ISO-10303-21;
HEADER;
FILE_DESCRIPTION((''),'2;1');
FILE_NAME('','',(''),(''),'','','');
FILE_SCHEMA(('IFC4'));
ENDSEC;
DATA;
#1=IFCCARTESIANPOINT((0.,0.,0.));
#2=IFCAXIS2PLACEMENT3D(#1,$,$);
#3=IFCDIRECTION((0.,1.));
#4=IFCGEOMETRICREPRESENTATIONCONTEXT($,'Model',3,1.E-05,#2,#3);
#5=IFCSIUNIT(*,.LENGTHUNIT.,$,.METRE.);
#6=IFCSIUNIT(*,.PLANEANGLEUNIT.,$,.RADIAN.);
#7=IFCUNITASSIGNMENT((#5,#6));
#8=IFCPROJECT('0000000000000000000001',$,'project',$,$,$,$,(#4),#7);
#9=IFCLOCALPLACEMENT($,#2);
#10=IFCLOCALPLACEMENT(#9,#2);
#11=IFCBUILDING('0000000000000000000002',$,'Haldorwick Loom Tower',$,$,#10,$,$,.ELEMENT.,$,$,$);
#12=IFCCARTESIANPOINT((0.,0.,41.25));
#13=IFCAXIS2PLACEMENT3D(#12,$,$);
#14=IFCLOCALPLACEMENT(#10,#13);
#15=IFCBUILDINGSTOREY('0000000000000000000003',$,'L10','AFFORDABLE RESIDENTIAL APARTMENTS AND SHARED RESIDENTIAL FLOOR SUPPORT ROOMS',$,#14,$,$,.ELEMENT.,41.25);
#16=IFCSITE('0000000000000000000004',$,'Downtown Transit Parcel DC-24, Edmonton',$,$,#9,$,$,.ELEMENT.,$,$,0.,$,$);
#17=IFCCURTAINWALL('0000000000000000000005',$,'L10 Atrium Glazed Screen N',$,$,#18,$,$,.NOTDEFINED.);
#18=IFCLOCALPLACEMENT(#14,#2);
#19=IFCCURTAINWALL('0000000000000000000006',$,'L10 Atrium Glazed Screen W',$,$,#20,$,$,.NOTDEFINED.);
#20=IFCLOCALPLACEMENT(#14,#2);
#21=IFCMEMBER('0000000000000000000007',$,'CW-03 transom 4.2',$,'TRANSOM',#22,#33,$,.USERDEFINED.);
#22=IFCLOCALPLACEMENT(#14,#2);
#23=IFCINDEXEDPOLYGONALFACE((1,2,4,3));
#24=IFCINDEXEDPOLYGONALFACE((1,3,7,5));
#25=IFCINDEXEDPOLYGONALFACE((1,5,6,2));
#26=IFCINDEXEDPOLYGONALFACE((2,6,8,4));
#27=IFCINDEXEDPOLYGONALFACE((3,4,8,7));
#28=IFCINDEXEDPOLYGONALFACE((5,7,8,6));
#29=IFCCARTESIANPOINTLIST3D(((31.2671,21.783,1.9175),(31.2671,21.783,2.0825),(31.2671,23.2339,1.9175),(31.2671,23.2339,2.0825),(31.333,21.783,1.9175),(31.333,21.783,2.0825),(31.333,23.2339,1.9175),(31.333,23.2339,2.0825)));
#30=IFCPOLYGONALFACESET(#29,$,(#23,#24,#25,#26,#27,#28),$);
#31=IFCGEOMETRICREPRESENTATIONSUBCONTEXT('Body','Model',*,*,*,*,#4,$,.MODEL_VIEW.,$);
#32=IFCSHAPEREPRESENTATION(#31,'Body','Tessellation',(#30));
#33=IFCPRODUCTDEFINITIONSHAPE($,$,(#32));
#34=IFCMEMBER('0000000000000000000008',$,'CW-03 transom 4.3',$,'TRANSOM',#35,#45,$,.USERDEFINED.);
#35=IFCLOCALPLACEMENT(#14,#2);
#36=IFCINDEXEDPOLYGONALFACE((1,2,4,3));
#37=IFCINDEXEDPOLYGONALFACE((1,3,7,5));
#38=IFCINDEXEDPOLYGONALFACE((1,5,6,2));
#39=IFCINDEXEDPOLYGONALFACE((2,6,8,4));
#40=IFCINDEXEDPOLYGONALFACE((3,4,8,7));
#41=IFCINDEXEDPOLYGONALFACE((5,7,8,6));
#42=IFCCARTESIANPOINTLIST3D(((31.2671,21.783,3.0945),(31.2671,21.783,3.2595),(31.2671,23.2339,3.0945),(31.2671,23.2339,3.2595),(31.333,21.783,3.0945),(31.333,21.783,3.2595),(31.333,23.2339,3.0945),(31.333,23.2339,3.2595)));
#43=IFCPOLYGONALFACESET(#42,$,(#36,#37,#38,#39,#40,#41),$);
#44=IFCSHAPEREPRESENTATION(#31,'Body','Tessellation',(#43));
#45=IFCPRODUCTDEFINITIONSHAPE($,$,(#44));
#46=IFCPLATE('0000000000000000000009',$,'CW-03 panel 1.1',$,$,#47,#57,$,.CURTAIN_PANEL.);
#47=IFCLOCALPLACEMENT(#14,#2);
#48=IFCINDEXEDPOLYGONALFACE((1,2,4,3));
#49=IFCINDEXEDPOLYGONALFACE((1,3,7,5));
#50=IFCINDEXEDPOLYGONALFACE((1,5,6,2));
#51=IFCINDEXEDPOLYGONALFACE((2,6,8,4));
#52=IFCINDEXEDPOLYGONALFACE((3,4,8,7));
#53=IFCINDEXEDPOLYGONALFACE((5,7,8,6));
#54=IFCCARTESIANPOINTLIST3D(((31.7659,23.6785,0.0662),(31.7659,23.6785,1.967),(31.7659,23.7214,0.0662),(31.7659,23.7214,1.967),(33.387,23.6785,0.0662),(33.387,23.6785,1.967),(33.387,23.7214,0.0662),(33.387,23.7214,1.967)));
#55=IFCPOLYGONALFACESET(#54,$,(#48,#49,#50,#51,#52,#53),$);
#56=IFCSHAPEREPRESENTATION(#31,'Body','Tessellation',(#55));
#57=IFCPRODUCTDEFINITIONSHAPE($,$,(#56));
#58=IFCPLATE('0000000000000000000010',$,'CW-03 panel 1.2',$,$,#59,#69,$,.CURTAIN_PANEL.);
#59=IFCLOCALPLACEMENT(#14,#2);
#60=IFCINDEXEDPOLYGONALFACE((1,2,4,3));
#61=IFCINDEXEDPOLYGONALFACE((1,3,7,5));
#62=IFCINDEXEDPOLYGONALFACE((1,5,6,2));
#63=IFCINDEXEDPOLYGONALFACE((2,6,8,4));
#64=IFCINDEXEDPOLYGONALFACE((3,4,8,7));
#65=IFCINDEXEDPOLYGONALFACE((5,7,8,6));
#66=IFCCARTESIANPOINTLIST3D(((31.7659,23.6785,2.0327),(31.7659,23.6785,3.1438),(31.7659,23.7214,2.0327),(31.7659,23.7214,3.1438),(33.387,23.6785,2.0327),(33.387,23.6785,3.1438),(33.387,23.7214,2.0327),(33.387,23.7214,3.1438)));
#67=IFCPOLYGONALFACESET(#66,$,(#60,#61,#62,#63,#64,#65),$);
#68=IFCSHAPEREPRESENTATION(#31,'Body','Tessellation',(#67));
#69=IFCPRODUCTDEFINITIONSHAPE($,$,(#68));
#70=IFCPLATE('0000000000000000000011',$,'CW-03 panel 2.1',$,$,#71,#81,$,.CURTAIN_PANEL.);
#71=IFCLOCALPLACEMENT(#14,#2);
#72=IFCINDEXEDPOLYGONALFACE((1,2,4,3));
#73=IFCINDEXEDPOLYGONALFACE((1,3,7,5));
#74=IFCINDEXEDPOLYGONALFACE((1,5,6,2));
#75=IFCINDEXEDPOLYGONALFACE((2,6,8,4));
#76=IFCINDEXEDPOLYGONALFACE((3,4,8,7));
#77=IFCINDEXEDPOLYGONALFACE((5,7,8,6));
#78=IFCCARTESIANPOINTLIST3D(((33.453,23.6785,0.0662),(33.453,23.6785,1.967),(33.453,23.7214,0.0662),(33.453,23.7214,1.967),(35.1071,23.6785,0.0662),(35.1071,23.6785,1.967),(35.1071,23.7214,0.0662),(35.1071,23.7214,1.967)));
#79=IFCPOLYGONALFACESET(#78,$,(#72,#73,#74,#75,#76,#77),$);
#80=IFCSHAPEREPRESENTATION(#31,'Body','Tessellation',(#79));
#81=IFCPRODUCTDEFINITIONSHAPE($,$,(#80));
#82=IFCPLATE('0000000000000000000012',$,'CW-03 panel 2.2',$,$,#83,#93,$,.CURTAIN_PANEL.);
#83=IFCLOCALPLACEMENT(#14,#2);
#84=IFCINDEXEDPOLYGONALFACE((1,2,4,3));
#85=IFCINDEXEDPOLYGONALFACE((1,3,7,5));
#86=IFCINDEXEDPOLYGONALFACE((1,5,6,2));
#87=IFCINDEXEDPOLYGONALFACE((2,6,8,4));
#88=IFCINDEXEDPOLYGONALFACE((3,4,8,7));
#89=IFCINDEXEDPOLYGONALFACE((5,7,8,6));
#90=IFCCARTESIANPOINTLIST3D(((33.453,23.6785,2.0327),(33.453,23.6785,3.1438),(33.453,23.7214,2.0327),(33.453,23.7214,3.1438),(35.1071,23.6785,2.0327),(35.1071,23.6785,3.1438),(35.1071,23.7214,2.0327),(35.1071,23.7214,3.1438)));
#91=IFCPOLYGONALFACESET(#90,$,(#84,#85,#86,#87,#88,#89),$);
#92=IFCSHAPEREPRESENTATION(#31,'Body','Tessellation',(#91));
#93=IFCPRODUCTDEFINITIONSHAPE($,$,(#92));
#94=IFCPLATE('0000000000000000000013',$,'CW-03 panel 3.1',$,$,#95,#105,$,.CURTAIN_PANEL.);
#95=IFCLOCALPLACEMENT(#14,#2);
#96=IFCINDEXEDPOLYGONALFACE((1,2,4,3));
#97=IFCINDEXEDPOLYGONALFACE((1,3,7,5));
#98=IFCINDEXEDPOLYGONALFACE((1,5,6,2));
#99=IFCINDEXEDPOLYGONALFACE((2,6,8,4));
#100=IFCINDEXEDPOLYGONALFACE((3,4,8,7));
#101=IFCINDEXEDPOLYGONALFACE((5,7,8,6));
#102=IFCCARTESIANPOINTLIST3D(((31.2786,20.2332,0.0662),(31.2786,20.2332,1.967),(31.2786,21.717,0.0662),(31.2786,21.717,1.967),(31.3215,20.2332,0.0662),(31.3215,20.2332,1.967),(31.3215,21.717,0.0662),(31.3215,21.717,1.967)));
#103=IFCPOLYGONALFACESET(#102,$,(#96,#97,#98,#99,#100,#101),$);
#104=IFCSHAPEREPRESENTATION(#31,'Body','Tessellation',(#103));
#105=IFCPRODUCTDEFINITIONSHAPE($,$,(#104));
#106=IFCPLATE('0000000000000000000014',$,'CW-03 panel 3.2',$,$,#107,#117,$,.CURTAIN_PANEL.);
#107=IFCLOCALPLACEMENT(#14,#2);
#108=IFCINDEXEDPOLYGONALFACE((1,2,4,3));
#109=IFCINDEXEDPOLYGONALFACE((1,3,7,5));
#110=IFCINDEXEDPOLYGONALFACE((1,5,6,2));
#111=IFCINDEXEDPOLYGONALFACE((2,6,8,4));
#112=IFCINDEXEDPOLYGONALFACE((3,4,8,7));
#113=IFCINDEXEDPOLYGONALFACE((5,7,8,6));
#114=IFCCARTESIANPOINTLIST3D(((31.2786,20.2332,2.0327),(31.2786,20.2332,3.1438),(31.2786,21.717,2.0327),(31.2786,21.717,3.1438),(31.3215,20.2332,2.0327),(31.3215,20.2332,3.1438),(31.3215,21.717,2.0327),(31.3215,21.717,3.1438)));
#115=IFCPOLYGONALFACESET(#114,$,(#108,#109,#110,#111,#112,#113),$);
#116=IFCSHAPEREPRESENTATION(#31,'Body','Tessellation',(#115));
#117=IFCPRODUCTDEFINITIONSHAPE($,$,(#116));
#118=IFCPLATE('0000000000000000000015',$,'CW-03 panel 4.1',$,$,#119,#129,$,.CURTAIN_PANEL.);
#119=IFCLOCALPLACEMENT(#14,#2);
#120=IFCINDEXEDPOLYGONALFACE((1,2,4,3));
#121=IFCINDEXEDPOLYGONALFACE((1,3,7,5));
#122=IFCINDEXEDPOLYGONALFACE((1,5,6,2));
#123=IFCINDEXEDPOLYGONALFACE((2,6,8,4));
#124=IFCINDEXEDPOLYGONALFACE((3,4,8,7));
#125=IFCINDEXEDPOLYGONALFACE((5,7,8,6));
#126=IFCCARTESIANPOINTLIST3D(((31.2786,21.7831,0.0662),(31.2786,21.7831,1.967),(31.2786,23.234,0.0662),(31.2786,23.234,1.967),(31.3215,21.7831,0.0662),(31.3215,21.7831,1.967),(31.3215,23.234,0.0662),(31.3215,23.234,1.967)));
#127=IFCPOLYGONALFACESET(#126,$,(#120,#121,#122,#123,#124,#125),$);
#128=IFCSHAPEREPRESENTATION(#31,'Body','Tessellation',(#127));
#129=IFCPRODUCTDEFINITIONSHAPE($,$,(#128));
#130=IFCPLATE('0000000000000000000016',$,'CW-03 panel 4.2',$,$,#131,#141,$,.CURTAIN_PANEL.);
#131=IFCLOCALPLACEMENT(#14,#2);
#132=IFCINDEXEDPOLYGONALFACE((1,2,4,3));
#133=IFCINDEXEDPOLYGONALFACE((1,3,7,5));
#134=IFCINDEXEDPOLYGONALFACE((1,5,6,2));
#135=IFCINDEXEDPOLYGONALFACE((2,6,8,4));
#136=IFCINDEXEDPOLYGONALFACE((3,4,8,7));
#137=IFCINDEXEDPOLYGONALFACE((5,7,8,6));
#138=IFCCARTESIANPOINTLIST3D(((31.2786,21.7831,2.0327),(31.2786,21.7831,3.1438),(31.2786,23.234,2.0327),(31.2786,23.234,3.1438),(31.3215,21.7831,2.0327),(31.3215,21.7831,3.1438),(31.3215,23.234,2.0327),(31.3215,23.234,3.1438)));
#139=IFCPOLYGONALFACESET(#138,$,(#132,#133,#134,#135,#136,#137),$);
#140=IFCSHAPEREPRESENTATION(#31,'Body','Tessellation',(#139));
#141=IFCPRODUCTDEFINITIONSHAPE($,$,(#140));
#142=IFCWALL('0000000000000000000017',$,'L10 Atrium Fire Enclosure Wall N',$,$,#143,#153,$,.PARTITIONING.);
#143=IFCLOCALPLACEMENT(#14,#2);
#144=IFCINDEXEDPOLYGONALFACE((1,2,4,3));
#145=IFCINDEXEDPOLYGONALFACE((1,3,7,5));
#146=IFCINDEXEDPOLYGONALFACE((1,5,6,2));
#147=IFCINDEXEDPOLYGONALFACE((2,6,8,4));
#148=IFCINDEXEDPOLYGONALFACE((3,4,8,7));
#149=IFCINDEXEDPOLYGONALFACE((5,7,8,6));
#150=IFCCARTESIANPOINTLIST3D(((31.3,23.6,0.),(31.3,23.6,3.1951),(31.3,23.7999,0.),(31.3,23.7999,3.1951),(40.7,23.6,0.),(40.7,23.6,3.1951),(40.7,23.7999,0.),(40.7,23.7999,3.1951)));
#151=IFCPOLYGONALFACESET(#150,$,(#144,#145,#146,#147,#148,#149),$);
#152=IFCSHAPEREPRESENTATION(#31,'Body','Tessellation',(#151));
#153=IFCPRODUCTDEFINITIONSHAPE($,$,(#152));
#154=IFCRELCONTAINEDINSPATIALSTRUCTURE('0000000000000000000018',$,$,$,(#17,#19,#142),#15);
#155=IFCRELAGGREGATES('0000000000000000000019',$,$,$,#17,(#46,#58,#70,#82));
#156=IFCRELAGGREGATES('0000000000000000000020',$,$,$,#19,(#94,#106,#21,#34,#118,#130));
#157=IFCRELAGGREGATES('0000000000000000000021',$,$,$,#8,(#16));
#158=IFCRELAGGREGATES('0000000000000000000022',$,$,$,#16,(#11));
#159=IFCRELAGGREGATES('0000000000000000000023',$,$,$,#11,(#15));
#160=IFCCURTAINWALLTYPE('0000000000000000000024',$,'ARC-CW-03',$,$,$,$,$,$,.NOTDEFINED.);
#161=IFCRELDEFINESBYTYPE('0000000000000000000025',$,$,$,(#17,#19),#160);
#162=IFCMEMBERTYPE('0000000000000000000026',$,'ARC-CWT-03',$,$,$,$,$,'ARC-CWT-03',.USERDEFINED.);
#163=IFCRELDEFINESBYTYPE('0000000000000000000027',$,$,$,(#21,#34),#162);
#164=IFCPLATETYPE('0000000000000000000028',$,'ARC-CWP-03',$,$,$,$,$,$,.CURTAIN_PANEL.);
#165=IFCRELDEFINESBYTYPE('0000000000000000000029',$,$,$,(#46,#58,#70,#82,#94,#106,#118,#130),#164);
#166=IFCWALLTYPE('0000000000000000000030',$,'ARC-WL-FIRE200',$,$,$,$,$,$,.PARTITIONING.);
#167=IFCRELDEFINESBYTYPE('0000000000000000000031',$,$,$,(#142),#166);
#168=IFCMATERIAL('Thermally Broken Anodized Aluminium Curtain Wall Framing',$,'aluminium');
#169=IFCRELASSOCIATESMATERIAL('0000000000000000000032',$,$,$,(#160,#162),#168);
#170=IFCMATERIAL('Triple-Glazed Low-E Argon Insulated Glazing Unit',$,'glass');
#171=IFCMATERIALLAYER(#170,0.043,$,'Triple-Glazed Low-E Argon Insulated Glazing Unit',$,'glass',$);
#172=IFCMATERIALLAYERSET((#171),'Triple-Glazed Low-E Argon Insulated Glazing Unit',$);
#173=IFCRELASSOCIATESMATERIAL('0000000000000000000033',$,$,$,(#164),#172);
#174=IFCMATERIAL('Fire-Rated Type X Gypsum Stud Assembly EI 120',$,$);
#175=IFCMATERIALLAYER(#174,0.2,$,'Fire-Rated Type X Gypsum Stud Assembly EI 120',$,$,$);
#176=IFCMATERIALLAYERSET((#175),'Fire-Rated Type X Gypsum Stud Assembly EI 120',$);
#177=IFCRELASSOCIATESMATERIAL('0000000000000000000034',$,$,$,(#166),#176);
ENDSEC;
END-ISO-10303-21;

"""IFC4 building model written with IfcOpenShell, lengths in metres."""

from ifc_helpers import new_model, si_unit, direction, frame, frame_2d, origin, origin_2d, place, context, subcontext, project, spatial, rectangle, extrude, material, layer, layer_set, material_profile, profile_set, type_object, element, aggregate, save


model = new_model("IFC4")

# Units and contexts
model_context = context("Model", 3, precision=1e-05, world=origin(), true_north=direction((0.0, 1.0)))
body_context = subcontext(model_context, "Body", "Model", "MODEL_VIEW")
ifc_project = project(units=[si_unit("LENGTHUNIT", "METRE"), si_unit("PLANEANGLEUNIT", "RADIAN")], contexts=[model_context])

# Site, building, storey
site_placement = place(None, origin())
site = spatial("IfcSite", under=ifc_project, at=site_placement, Name="Downtown Transit Parcel DC-24, Edmonton", CompositionType="ELEMENT", RefElevation=0.0)
building_placement = place(site_placement, origin())
building = spatial("IfcBuilding", under=site, at=building_placement, Name="Haldorwick Loom Tower", CompositionType="ELEMENT")
storey_placement = place(building_placement, frame((0.0, 0.0, 41.25)))
storey = spatial("IfcBuildingStorey", under=building, at=storey_placement, Name="L10", Description="AFFORDABLE RESIDENTIAL APARTMENTS AND SHARED RESIDENTIAL FLOOR SUPPORT ROOMS", CompositionType="ELEMENT", Elevation=41.25)

# Curtain walls
ifc_material_1 = material(Name="Thermally Broken Anodized Aluminium Curtain Wall Framing", Category="aluminium")
curtain_wall_type = type_object("IfcCurtainWallType", Name="ARC-CW-03", PredefinedType="NOTDEFINED", material=ifc_material_1)
curtain_wall_1_placement = place(storey_placement, origin())
curtain_wall_1 = element("IfcCurtainWall", 1, at=curtain_wall_1_placement, inside=storey, type_object=curtain_wall_type, Name="L10 Atrium Glazed Screen N", PredefinedType="NOTDEFINED")
curtain_wall_2_placement = place(storey_placement, origin())
curtain_wall_2 = element("IfcCurtainWall", 2, at=curtain_wall_2_placement, inside=storey, type_object=curtain_wall_type, Name="L10 Atrium Glazed Screen W", PredefinedType="NOTDEFINED")

# Members
ifc_material_profile_1 = material_profile(ifc_material_1, rectangle(XDim=0.0659, YDim=0.165, at=origin_2d()), Name="ALU_TRN_66X165", Category="aluminium")
ifc_profile_set_1 = profile_set([ifc_material_profile_1], Name="Thermally Broken Anodized Aluminium Curtain Wall Framing")
member_type_1 = type_object("IfcMemberType", Name="ARC-CWT-03", ElementType="ARC-CWT-03", PredefinedType="USERDEFINED", material=ifc_profile_set_1)
member_1_placement = place(storey_placement, frame((31.3, 21.783, 2.0), z_axis=(0.0, 1.0, 0.0), x_axis=(-1.0, 0.0, 0.0)))
member_1 = element("IfcMember", 3, at=member_1_placement, type_object=member_type_1, Name="CW-03 transom 4.2", ObjectType="TRANSOM", PredefinedType="USERDEFINED", context=body_context, shape_type="SweptSolid", body=[
    extrude(rectangle(XDim=0.0659, YDim=0.165, at=origin_2d()), origin(), (0.0, 0.0, 1.0), 1.4509),
])
member_2_placement = place(storey_placement, frame((31.3, 21.783, 3.177), z_axis=(0.0, 1.0, 0.0), x_axis=(-1.0, 0.0, 0.0)))
member_2 = element("IfcMember", 4, at=member_2_placement, type_object=member_type_1, Name="CW-03 transom 4.3", ObjectType="TRANSOM", PredefinedType="USERDEFINED", context=body_context, shape_type="SweptSolid", body=[
    extrude(rectangle(XDim=0.0659, YDim=0.165, at=origin_2d()), origin(), (0.0, 0.0, 1.0), 1.4509),
])

# Plates
ifc_material_2 = material(Name="Triple-Glazed Low-E Argon Insulated Glazing Unit", Category="glass")
ifc_layer_1 = layer(ifc_material_2, 0.043, Name="Triple-Glazed Low-E Argon Insulated Glazing Unit", Category="glass")
ifc_layer_set_1 = layer_set([ifc_layer_1], Name="Triple-Glazed Low-E Argon Insulated Glazing Unit")
plate_type = type_object("IfcPlateType", Name="ARC-CWP-03", PredefinedType="CURTAIN_PANEL", material=ifc_layer_set_1)
plate_1_placement = place(storey_placement, frame((32.5764, 23.7, 0.0662), z_axis=(0.0, 0.0, 1.0), x_axis=(1.0, 0.0, 0.0)))
plate_1 = element("IfcPlate", 5, at=plate_1_placement, type_object=plate_type, Name="CW-03 panel 1.1", PredefinedType="CURTAIN_PANEL", context=body_context, shape_type="SweptSolid", body=[
    extrude(rectangle(XDim=1.6211, YDim=0.043, at=origin_2d()), origin(), (0.0, 0.0, 1.0), 1.9009),
])
plate_2_placement = place(storey_placement, frame((32.5764, 23.7, 2.0327), z_axis=(0.0, 0.0, 1.0), x_axis=(1.0, 0.0, 0.0)))
plate_2 = element("IfcPlate", 6, at=plate_2_placement, type_object=plate_type, Name="CW-03 panel 1.2", PredefinedType="CURTAIN_PANEL", context=body_context, shape_type="SweptSolid", body=[
    extrude(rectangle(XDim=1.6211, YDim=0.043, at=origin_2d()), origin(), (0.0, 0.0, 1.0), 1.1111),
])
plate_3_placement = place(storey_placement, frame((34.28, 23.7, 0.0662), z_axis=(0.0, 0.0, 1.0), x_axis=(1.0, 0.0, 0.0)))
plate_3 = element("IfcPlate", 7, at=plate_3_placement, type_object=plate_type, Name="CW-03 panel 2.1", PredefinedType="CURTAIN_PANEL", context=body_context, shape_type="SweptSolid", body=[
    extrude(rectangle(XDim=1.6541, YDim=0.043, at=origin_2d()), origin(), (0.0, 0.0, 1.0), 1.9009),
])
plate_4_placement = place(storey_placement, frame((34.28, 23.7, 2.0327), z_axis=(0.0, 0.0, 1.0), x_axis=(1.0, 0.0, 0.0)))
plate_4 = element("IfcPlate", 8, at=plate_4_placement, type_object=plate_type, Name="CW-03 panel 2.2", PredefinedType="CURTAIN_PANEL", context=body_context, shape_type="SweptSolid", body=[
    extrude(rectangle(XDim=1.6541, YDim=0.043, at=origin_2d()), origin(), (0.0, 0.0, 1.0), 1.1111),
])
aggregate(curtain_wall_1, [plate_1, plate_2, plate_3, plate_4])
plate_5_placement = place(storey_placement, frame((31.3, 20.9751, 0.0662), z_axis=(0.0, 0.0, 1.0), x_axis=(0.0, 1.0, 0.0)))
plate_5 = element("IfcPlate", 9, at=plate_5_placement, type_object=plate_type, Name="CW-03 panel 3.1", PredefinedType="CURTAIN_PANEL", context=body_context, shape_type="SweptSolid", body=[
    extrude(rectangle(XDim=1.4839, YDim=0.043, at=origin_2d()), origin(), (0.0, 0.0, 1.0), 1.9009),
])
plate_6_placement = place(storey_placement, frame((31.3, 20.9751, 2.0327), z_axis=(0.0, 0.0, 1.0), x_axis=(0.0, 1.0, 0.0)))
plate_6 = element("IfcPlate", 10, at=plate_6_placement, type_object=plate_type, Name="CW-03 panel 3.2", PredefinedType="CURTAIN_PANEL", context=body_context, shape_type="SweptSolid", body=[
    extrude(rectangle(XDim=1.4839, YDim=0.043, at=origin_2d()), origin(), (0.0, 0.0, 1.0), 1.1111),
])
plate_7_placement = place(storey_placement, frame((31.3, 22.5085, 0.0662), z_axis=(0.0, 0.0, 1.0), x_axis=(0.0, 1.0, 0.0)))
plate_7 = element("IfcPlate", 11, at=plate_7_placement, type_object=plate_type, Name="CW-03 panel 4.1", PredefinedType="CURTAIN_PANEL", context=body_context, shape_type="SweptSolid", body=[
    extrude(rectangle(XDim=1.4509, YDim=0.043, at=origin_2d()), origin(), (0.0, 0.0, 1.0), 1.9009),
])
plate_8_placement = place(storey_placement, frame((31.3, 22.5085, 2.0327), z_axis=(0.0, 0.0, 1.0), x_axis=(0.0, 1.0, 0.0)))
plate_8 = element("IfcPlate", 12, at=plate_8_placement, type_object=plate_type, Name="CW-03 panel 4.2", PredefinedType="CURTAIN_PANEL", context=body_context, shape_type="SweptSolid", body=[
    extrude(rectangle(XDim=1.4509, YDim=0.043, at=origin_2d()), origin(), (0.0, 0.0, 1.0), 1.1111),
])
aggregate(curtain_wall_2, [plate_5, plate_6, member_1, member_2, plate_7, plate_8])

# Wall
ifc_material_3 = material(Name="Fire-Rated Type X Gypsum Stud Assembly EI 120")
ifc_layer_2 = layer(ifc_material_3, 0.2, Name="Fire-Rated Type X Gypsum Stud Assembly EI 120")
ifc_layer_set_2 = layer_set([ifc_layer_2], Name="Fire-Rated Type X Gypsum Stud Assembly EI 120")
wall_type = type_object("IfcWallType", Name="ARC-WL-FIRE200", PredefinedType="PARTITIONING", material=ifc_layer_set_2)
wall_placement = place(storey_placement, frame((31.3, 23.7, 0.0), z_axis=(0.0, 0.0, 1.0), x_axis=(1.0, 0.0, 0.0)))
element("IfcWall", 13, at=wall_placement, inside=storey, type_object=wall_type, Name="L10 Atrium Fire Enclosure Wall N", PredefinedType="PARTITIONING", context=body_context, shape_type="SweptSolid", body=[
    extrude(rectangle(XDim=9.3999, YDim=0.2, at=frame_2d((4.7, 0.0))), origin(), (0.0, 0.0, 1.0), 3.1951),
])

save(model, "model.ifc")
